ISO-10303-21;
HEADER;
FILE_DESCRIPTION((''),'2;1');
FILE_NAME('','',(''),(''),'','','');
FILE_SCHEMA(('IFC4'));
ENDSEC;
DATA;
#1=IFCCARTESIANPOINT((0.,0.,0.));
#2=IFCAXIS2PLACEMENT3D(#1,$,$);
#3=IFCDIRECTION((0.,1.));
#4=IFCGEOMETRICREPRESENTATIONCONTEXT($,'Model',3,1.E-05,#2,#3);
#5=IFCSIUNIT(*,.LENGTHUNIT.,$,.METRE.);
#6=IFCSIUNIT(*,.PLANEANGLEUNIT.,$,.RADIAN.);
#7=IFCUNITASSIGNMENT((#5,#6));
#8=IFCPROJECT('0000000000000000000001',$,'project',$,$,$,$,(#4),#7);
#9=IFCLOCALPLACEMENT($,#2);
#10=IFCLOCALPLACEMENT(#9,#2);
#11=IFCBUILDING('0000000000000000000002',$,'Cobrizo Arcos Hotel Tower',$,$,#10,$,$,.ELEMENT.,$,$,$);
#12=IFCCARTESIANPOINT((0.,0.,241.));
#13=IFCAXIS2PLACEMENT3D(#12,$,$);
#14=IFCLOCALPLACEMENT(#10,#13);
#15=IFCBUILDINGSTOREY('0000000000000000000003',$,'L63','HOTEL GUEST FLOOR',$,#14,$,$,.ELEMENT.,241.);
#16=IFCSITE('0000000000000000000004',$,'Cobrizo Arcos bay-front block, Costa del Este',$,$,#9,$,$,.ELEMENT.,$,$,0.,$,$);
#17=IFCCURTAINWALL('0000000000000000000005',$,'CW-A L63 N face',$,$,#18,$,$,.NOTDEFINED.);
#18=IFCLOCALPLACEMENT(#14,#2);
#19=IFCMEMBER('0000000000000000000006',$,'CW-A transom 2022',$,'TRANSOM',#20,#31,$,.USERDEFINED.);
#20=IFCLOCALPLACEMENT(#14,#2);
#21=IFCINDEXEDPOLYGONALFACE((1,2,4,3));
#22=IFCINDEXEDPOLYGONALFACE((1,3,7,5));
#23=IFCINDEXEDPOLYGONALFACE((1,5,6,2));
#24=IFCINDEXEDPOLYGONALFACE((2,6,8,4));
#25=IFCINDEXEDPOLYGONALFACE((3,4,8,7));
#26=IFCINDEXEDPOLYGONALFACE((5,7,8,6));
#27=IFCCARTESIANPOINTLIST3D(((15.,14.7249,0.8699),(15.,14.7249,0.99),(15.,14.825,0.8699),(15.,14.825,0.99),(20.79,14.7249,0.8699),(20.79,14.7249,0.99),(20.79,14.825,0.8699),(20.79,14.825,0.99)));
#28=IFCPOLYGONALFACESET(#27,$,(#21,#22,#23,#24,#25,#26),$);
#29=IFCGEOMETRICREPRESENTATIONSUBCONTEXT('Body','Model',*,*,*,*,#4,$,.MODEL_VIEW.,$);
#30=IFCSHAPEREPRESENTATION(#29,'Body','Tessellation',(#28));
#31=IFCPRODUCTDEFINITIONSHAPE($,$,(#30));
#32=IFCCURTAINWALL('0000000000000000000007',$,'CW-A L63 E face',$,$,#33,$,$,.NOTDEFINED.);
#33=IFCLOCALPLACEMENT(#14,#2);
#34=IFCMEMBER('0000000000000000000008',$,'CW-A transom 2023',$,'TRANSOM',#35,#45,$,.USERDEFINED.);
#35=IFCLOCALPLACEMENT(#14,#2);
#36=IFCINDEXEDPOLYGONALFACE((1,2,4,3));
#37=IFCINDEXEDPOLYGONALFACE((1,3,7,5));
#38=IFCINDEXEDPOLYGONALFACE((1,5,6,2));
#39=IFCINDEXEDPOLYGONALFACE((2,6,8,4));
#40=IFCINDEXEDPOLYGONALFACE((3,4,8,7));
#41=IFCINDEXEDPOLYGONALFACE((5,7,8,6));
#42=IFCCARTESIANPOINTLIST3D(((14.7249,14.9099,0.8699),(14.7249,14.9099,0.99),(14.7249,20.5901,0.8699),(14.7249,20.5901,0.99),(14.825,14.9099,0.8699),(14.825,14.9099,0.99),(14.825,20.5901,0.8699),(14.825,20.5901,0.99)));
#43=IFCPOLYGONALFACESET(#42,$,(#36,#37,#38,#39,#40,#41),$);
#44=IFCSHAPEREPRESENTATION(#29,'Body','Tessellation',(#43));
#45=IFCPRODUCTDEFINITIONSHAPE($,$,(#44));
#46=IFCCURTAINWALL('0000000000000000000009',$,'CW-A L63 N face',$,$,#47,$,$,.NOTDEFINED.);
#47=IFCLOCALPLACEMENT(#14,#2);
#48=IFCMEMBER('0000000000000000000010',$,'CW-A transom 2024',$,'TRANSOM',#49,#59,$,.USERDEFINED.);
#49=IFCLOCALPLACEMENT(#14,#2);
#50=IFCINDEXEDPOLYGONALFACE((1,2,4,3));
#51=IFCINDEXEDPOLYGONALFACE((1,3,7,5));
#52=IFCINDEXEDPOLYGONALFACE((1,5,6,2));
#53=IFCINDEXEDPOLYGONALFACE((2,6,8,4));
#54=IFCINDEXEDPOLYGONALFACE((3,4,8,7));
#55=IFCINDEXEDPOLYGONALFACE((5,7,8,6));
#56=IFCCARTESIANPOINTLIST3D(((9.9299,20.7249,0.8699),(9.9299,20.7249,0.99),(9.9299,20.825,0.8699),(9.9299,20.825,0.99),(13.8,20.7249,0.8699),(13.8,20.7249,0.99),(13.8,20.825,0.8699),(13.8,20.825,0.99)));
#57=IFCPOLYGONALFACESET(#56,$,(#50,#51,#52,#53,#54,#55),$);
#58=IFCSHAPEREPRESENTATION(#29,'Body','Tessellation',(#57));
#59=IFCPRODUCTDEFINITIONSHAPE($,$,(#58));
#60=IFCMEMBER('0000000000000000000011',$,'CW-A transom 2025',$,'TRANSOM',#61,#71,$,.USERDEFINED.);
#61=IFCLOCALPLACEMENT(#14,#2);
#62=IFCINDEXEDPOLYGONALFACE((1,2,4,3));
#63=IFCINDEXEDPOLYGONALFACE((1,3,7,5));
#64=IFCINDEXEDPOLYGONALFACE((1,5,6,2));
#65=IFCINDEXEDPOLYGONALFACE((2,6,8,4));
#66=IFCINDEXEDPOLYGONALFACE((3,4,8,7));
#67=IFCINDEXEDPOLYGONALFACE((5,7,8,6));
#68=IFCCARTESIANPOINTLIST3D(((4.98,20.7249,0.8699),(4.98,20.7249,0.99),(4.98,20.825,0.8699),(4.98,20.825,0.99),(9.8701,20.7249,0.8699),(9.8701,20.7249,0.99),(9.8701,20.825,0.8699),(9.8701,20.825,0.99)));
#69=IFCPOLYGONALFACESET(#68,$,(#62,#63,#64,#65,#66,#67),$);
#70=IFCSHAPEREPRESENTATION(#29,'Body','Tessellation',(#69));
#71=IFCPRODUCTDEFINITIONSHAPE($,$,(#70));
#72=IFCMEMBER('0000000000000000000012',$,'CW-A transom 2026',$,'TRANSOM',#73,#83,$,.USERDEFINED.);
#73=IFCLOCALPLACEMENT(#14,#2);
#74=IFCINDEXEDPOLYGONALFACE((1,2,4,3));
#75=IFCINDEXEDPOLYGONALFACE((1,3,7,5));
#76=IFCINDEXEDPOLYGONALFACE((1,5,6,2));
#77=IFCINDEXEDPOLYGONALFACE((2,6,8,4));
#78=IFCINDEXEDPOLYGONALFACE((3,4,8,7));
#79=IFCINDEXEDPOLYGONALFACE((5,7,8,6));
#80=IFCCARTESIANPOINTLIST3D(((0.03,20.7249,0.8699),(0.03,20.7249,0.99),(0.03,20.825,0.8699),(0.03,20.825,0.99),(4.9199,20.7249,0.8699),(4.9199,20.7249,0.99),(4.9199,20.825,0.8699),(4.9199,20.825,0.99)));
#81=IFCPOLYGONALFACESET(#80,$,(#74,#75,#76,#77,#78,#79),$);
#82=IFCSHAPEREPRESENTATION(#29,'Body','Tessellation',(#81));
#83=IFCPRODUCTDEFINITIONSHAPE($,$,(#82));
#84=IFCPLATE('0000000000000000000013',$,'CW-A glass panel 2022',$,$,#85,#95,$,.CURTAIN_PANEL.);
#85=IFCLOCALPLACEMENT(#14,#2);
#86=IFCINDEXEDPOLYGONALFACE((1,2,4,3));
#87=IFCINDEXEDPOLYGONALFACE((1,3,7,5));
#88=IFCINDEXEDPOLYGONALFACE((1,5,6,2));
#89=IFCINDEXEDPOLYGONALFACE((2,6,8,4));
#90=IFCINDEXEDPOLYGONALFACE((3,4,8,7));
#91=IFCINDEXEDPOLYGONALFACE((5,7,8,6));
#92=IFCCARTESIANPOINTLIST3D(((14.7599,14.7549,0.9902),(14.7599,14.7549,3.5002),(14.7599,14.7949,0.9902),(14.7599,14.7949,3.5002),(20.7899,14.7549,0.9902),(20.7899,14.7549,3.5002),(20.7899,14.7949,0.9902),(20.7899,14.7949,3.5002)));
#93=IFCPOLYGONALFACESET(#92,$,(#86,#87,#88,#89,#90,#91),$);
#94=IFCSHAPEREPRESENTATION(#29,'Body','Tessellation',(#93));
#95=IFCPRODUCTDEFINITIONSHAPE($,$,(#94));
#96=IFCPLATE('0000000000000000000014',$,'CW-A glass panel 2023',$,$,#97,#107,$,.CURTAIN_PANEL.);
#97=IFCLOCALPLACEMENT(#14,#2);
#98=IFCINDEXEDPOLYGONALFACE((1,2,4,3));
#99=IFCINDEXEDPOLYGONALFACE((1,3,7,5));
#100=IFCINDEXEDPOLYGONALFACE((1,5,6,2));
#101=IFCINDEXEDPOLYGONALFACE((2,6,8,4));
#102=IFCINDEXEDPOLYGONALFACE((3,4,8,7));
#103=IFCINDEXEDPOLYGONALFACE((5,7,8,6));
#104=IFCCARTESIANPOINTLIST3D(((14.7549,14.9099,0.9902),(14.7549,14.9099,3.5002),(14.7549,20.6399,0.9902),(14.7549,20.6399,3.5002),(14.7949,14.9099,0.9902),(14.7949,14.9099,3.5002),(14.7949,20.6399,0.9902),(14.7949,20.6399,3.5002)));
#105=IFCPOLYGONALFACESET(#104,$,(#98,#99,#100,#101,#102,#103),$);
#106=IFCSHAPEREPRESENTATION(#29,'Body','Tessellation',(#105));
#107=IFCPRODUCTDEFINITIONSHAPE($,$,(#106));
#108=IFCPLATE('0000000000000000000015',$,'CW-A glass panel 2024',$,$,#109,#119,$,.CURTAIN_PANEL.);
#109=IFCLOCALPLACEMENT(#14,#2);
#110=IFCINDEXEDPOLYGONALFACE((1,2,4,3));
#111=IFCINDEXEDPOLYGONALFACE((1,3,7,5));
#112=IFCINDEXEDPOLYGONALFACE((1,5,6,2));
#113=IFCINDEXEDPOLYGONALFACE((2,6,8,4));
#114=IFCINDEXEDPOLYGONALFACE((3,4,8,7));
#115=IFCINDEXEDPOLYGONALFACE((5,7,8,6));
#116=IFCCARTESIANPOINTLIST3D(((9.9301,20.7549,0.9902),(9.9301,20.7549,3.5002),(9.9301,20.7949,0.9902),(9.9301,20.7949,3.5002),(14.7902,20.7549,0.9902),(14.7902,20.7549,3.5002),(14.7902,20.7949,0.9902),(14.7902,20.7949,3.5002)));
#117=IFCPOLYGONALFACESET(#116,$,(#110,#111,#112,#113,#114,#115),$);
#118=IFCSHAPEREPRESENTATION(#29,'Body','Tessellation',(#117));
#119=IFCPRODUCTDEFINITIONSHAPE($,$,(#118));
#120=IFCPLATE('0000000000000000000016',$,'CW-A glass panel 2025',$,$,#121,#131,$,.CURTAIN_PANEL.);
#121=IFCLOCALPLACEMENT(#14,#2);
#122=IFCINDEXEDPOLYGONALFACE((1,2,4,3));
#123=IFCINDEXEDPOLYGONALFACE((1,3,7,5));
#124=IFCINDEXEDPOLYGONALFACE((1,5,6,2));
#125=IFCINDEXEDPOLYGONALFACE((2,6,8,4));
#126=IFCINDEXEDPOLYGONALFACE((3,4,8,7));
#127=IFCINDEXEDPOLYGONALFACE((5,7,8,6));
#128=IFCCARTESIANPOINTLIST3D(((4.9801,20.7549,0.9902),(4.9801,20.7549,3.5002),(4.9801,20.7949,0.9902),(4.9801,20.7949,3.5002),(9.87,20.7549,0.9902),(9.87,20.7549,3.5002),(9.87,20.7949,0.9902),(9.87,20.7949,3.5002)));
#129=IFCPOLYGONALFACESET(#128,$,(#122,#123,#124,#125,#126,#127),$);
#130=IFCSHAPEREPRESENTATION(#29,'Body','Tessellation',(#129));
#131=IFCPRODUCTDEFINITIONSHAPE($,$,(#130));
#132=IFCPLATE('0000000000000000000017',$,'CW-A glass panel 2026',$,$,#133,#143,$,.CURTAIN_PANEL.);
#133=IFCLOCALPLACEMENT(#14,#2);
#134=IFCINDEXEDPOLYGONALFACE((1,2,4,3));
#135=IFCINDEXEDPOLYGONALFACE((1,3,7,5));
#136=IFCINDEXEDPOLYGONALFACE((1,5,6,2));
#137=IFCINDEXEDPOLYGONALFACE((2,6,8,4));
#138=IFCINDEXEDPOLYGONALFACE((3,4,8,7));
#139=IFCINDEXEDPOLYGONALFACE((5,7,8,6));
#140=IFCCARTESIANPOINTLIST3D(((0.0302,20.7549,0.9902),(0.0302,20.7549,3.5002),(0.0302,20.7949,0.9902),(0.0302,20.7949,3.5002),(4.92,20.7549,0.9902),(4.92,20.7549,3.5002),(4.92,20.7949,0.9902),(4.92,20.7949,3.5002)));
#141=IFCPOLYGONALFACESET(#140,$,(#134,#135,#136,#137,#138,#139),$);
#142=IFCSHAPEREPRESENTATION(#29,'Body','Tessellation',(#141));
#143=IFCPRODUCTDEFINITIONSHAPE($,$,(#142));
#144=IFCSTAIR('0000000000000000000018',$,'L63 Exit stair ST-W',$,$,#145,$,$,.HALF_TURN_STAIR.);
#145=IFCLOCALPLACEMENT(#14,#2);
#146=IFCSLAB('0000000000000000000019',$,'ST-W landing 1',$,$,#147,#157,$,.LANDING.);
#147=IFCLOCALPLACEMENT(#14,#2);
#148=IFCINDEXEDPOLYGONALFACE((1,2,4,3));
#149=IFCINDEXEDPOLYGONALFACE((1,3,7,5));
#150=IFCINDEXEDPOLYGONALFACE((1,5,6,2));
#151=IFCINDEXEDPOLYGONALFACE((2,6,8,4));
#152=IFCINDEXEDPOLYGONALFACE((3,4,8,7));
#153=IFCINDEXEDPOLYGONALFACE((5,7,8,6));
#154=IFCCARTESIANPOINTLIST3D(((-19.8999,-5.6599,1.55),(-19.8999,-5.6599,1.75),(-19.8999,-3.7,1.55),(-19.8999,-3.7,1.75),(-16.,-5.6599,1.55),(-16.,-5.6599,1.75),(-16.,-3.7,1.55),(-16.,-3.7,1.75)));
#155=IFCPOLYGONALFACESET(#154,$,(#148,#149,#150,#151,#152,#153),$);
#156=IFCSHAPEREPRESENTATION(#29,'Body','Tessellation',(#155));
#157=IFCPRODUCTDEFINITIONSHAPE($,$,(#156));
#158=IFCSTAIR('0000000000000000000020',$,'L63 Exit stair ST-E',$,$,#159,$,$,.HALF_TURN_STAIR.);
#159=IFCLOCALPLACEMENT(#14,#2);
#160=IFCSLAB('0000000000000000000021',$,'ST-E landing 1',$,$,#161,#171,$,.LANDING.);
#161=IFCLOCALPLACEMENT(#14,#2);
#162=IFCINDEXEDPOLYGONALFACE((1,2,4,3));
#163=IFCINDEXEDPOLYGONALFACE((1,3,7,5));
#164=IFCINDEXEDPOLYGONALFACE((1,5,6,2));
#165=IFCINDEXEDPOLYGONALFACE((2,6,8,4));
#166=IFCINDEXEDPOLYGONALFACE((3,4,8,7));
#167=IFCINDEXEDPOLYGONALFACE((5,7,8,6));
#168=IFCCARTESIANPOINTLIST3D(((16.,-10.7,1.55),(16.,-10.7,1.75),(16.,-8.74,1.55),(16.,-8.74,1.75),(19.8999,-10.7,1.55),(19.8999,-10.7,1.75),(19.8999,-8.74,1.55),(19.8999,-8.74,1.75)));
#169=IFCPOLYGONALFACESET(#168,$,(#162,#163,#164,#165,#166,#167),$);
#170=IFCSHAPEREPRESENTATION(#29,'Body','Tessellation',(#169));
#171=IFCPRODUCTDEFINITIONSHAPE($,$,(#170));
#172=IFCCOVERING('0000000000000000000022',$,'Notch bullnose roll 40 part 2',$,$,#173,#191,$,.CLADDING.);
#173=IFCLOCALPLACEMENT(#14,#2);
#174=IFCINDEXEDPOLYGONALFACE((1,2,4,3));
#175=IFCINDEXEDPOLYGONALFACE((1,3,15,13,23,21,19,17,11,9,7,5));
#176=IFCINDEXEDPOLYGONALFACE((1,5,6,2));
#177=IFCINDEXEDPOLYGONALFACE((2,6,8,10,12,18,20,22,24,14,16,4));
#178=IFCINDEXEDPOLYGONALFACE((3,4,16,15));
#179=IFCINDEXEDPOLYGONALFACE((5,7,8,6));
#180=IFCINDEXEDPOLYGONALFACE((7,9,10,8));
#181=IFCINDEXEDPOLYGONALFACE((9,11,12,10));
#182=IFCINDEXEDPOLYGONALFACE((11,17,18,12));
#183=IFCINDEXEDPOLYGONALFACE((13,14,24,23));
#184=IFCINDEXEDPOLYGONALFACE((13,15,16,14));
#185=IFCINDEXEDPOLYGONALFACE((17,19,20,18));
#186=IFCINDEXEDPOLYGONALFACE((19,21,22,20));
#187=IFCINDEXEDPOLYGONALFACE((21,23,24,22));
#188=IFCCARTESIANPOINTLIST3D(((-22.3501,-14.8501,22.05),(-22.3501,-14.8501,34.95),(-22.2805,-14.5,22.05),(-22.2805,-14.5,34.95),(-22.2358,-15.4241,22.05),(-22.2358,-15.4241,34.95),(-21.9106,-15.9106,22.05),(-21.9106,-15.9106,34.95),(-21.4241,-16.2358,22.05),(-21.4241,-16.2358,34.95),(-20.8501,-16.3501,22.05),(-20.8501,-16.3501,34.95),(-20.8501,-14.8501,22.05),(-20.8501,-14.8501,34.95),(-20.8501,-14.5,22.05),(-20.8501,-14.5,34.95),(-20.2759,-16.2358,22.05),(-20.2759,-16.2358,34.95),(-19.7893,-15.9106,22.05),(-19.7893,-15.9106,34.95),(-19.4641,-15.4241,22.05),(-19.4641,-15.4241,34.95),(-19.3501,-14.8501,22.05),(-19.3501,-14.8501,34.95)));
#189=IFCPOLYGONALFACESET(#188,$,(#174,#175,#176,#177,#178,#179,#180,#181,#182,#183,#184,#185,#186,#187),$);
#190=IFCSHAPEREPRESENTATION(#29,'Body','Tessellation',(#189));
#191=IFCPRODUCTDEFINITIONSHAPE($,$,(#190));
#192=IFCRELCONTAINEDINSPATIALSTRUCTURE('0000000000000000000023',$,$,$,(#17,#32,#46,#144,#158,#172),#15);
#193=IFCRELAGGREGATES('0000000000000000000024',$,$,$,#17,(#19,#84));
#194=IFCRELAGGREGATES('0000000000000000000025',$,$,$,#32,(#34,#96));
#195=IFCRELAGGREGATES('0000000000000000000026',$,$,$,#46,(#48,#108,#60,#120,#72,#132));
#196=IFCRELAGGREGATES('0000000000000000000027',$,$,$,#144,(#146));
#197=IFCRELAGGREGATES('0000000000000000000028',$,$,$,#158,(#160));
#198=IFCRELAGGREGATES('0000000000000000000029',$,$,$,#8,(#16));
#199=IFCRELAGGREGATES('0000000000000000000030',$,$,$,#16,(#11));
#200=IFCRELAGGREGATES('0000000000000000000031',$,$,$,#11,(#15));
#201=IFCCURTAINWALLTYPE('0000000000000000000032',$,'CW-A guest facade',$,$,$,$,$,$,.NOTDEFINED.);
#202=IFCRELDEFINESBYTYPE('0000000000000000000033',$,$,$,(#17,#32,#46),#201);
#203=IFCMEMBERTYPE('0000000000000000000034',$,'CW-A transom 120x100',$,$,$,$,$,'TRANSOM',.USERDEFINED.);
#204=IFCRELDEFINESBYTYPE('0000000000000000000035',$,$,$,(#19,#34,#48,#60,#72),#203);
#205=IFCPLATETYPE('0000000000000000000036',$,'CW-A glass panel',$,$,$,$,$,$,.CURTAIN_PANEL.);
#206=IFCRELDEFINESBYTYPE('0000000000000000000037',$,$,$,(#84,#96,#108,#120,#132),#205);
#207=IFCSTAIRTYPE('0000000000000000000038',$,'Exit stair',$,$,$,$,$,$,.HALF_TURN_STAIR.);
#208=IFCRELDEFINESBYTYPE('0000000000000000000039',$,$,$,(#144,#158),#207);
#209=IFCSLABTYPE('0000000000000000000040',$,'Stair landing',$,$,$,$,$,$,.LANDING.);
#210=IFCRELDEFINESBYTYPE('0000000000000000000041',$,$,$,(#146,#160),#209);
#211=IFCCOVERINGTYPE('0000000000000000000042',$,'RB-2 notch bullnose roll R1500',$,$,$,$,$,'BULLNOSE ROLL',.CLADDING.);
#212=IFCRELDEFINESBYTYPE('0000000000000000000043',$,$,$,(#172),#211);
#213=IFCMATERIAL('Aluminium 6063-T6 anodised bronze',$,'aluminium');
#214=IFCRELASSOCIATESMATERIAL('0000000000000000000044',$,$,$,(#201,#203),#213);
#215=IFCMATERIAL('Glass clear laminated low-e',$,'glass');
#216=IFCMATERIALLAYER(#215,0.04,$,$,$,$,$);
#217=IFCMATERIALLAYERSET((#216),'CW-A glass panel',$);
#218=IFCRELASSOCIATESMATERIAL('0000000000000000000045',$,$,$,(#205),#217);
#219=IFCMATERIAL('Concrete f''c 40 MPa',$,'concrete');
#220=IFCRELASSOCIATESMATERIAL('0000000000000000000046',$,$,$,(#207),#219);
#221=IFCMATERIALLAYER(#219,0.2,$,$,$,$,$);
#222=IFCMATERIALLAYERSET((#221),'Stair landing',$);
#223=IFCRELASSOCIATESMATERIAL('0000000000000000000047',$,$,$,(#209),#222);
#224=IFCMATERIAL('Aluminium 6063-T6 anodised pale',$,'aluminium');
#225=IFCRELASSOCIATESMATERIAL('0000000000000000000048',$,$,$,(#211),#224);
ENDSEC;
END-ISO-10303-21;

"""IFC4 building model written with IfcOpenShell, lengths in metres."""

from ifc_helpers import new_model, si_unit, direction, frame, origin, origin_2d, place, context, subcontext, project, spatial, polyline, rectangle, outline, extrude, material, layer, layer_set, material_profile, profile_set, type_object, element, aggregate, save


model = new_model("IFC4")

# Units and contexts
model_context = context("Model", 3, precision=1e-05, world=origin(), true_north=direction((0.0, 1.0)))
body_context = subcontext(model_context, "Body", "Model", "MODEL_VIEW")
ifc_project = project(units=[si_unit("LENGTHUNIT", "METRE"), si_unit("PLANEANGLEUNIT", "RADIAN")], contexts=[model_context])

# Site, building, storey
site_placement = place(None, origin())
site = spatial("IfcSite", under=ifc_project, at=site_placement, Name="Cobrizo Arcos bay-front block, Costa del Este", CompositionType="ELEMENT", RefElevation=0.0)
building_placement = place(site_placement, origin())
building = spatial("IfcBuilding", under=site, at=building_placement, Name="Cobrizo Arcos Hotel Tower", CompositionType="ELEMENT")
storey_placement = place(building_placement, frame((0.0, 0.0, 241.0)))
storey = spatial("IfcBuildingStorey", under=building, at=storey_placement, Name="L63", Description="HOTEL GUEST FLOOR", CompositionType="ELEMENT", Elevation=241.0)

# Curtain walls, members
ifc_material_1 = material(Name="Aluminium 6063-T6 anodised bronze", Category="aluminium")
curtain_wall_type = type_object("IfcCurtainWallType", Name="CW-A guest facade", PredefinedType="NOTDEFINED", material=ifc_material_1)
curtain_wall_1_placement = place(storey_placement, origin())
curtain_wall_1 = element("IfcCurtainWall", 1, at=curtain_wall_1_placement, inside=storey, type_object=curtain_wall_type, Name="CW-A L63 N face", PredefinedType="NOTDEFINED")
ifc_material_profile = material_profile(ifc_material_1, rectangle(XDim=0.1001, YDim=0.1201, at=origin_2d()), Name="CW-A transom 120x100")
ifc_profile_set = profile_set([ifc_material_profile], Name="Aluminium 6063-T6 anodised bronze")
member_type = type_object("IfcMemberType", Name="CW-A transom 120x100", ElementType="TRANSOM", PredefinedType="USERDEFINED", material=ifc_profile_set)
member_1_placement = place(storey_placement, frame((20.79, 14.7749, 0.9299), z_axis=(-1.0, 0.0, 0.0), x_axis=(0.0, -1.0, 0.0)))
member_1 = element("IfcMember", 2, at=member_1_placement, type_object=member_type, Name="CW-A transom 2022", ObjectType="TRANSOM", PredefinedType="USERDEFINED", context=body_context, shape_type="SweptSolid", body=[
    extrude(rectangle(XDim=0.1001, YDim=0.1201, at=origin_2d()), origin(), (0.0, 0.0, 1.0), 5.79),
])
curtain_wall_2_placement = place(storey_placement, origin())
curtain_wall_2 = element("IfcCurtainWall", 3, at=curtain_wall_2_placement, inside=storey, type_object=curtain_wall_type, Name="CW-A L63 E face", PredefinedType="NOTDEFINED")
member_2_placement = place(storey_placement, frame((14.7749, 14.9099, 0.9299), z_axis=(0.0, 1.0, 0.0), x_axis=(-1.0, 0.0, 0.0)))
member_2 = element("IfcMember", 4, at=member_2_placement, type_object=member_type, Name="CW-A transom 2023", ObjectType="TRANSOM", PredefinedType="USERDEFINED", context=body_context, shape_type="SweptSolid", body=[
    extrude(rectangle(XDim=0.1001, YDim=0.1201, at=origin_2d()), origin(), (0.0, 0.0, 1.0), 5.6802),
])

# Curtain wall, members
curtain_wall_3_placement = place(storey_placement, origin())
curtain_wall_3 = element("IfcCurtainWall", 5, at=curtain_wall_3_placement, inside=storey, type_object=curtain_wall_type, Name="CW-A L63 N face", PredefinedType="NOTDEFINED")
member_3_placement = place(storey_placement, frame((13.8, 20.7749, 0.9299), z_axis=(-1.0, 0.0, 0.0), x_axis=(0.0, -1.0, 0.0)))
member_3 = element("IfcMember", 6, at=member_3_placement, type_object=member_type, Name="CW-A transom 2024", ObjectType="TRANSOM", PredefinedType="USERDEFINED", context=body_context, shape_type="SweptSolid", body=[
    extrude(rectangle(XDim=0.1001, YDim=0.1201, at=origin_2d()), origin(), (0.0, 0.0, 1.0), 3.8701),
])
member_4_placement = place(storey_placement, frame((9.8701, 20.7749, 0.9299), z_axis=(-1.0, 0.0, 0.0), x_axis=(0.0, -1.0, 0.0)))
member_4 = element("IfcMember", 7, at=member_4_placement, type_object=member_type, Name="CW-A transom 2025", ObjectType="TRANSOM", PredefinedType="USERDEFINED", context=body_context, shape_type="SweptSolid", body=[
    extrude(rectangle(XDim=0.1001, YDim=0.1201, at=origin_2d()), origin(), (0.0, 0.0, 1.0), 4.8901),
])
member_5_placement = place(storey_placement, frame((4.9199, 20.7749, 0.9299), z_axis=(-1.0, 0.0, 0.0), x_axis=(0.0, -1.0, 0.0)))
member_5 = element("IfcMember", 8, at=member_5_placement, type_object=member_type, Name="CW-A transom 2026", ObjectType="TRANSOM", PredefinedType="USERDEFINED", context=body_context, shape_type="SweptSolid", body=[
    extrude(rectangle(XDim=0.1001, YDim=0.1201, at=origin_2d()), origin(), (0.0, 0.0, 1.0), 4.8899),
])

# Plates
ifc_material_2 = material(Name="Glass clear laminated low-e", Category="glass")
ifc_layer_1 = layer(ifc_material_2, 0.04)
ifc_layer_set_1 = layer_set([ifc_layer_1], Name="CW-A glass panel")
plate_type = type_object("IfcPlateType", Name="CW-A glass panel", PredefinedType="CURTAIN_PANEL", material=ifc_layer_set_1)
plate_1_placement = place(storey_placement, frame((17.7749, 14.7749, 0.9902), z_axis=(0.0, 0.0, 1.0), x_axis=(-1.0, 0.0, 0.0)))
plate_1 = element("IfcPlate", 9, at=plate_1_placement, type_object=plate_type, Name="CW-A glass panel 2022", PredefinedType="CURTAIN_PANEL", context=body_context, shape_type="SweptSolid", body=[
    extrude(rectangle(XDim=6.03, YDim=0.04, at=origin_2d()), origin(), (0.0, 0.0, 1.0), 2.51),
])
aggregate(curtain_wall_1, [member_1, plate_1])
plate_2_placement = place(storey_placement, frame((14.7749, 17.7749, 0.9902), z_axis=(0.0, 0.0, 1.0), x_axis=(0.0, 1.0, 0.0)))
plate_2 = element("IfcPlate", 10, at=plate_2_placement, type_object=plate_type, Name="CW-A glass panel 2023", PredefinedType="CURTAIN_PANEL", context=body_context, shape_type="SweptSolid", body=[
    extrude(rectangle(XDim=5.73, YDim=0.04, at=origin_2d()), origin(), (0.0, 0.0, 1.0), 2.51),
])
aggregate(curtain_wall_2, [member_2, plate_2])
plate_3_placement = place(storey_placement, frame((12.3601, 20.7749, 0.9902), z_axis=(0.0, 0.0, 1.0), x_axis=(-1.0, 0.0, 0.0)))
plate_3 = element("IfcPlate", 11, at=plate_3_placement, type_object=plate_type, Name="CW-A glass panel 2024", PredefinedType="CURTAIN_PANEL", context=body_context, shape_type="SweptSolid", body=[
    extrude(rectangle(XDim=4.8601, YDim=0.04, at=origin_2d()), origin(), (0.0, 0.0, 1.0), 2.51),
])
plate_4_placement = place(storey_placement, frame((7.425, 20.7749, 0.9902), z_axis=(0.0, 0.0, 1.0), x_axis=(-1.0, 0.0, 0.0)))
plate_4 = element("IfcPlate", 12, at=plate_4_placement, type_object=plate_type, Name="CW-A glass panel 2025", PredefinedType="CURTAIN_PANEL", context=body_context, shape_type="SweptSolid", body=[
    extrude(rectangle(XDim=4.8899, YDim=0.04, at=origin_2d()), origin(), (0.0, 0.0, 1.0), 2.51),
])
plate_5_placement = place(storey_placement, frame((2.4751, 20.7749, 0.9902), z_axis=(0.0, 0.0, 1.0), x_axis=(-1.0, 0.0, 0.0)))
plate_5 = element("IfcPlate", 13, at=plate_5_placement, type_object=plate_type, Name="CW-A glass panel 2026", PredefinedType="CURTAIN_PANEL", context=body_context, shape_type="SweptSolid", body=[
    extrude(rectangle(XDim=4.8899, YDim=0.04, at=origin_2d()), origin(), (0.0, 0.0, 1.0), 2.51),
])
aggregate(curtain_wall_3, [member_3, plate_3, member_4, plate_4, member_5, plate_5])

# Stairs, slabs
ifc_material_3 = material(Name="Concrete f'c 40 MPa", Category="concrete")
stair_type = type_object("IfcStairType", Name="Exit stair", PredefinedType="HALF_TURN_STAIR", material=ifc_material_3)
stair_1_placement = place(storey_placement, origin())
stair_1 = element("IfcStair", 14, at=stair_1_placement, inside=storey, type_object=stair_type, Name="L63 Exit stair ST-W", PredefinedType="HALF_TURN_STAIR")
ifc_layer_2 = layer(ifc_material_3, 0.2)
ifc_layer_set_2 = layer_set([ifc_layer_2], Name="Stair landing")
slab_type = type_object("IfcSlabType", Name="Stair landing", PredefinedType="LANDING", material=ifc_layer_set_2)
slab_1_placement = place(storey_placement, frame((0.0, 0.0, 1.55)))
slab_1 = element("IfcSlab", 15, at=slab_1_placement, type_object=slab_type, Name="ST-W landing 1", PredefinedType="LANDING", context=body_context, shape_type="SweptSolid", body=[
    extrude(outline(polyline([(-16.0, -5.6599), (-16.0, -3.7), (-19.8999, -3.7), (-19.8999, -5.6599), (-16.0, -5.6599)])), origin(), (0.0, 0.0, 1.0), 0.2),
])
aggregate(stair_1, [slab_1])
stair_2_placement = place(storey_placement, origin())
stair_2 = element("IfcStair", 16, at=stair_2_placement, inside=storey, type_object=stair_type, Name="L63 Exit stair ST-E", PredefinedType="HALF_TURN_STAIR")
slab_2_placement = place(storey_placement, frame((0.0, 0.0, 1.55)))
slab_2 = element("IfcSlab", 17, at=slab_2_placement, type_object=slab_type, Name="ST-E landing 1", PredefinedType="LANDING", context=body_context, shape_type="SweptSolid", body=[
    extrude(outline(polyline([(16.0, -8.74), (16.0, -10.7), (19.8999, -10.7), (19.8999, -8.74), (16.0, -8.74)])), origin(), (0.0, 0.0, 1.0), 0.2),
])
aggregate(stair_2, [slab_2])

# Covering
ifc_material_4 = material(Name="Aluminium 6063-T6 anodised pale", Category="aluminium")
covering_type_1 = type_object("IfcCoveringType", Name="RB-2 notch bullnose roll R1500", ElementType="BULLNOSE ROLL", PredefinedType="CLADDING", material=ifc_material_4)
covering_1_placement = place(storey_placement, frame((0.0, 0.0, 22.05)))
element("IfcCovering", 18, at=covering_1_placement, inside=storey, type_object=covering_type_1, Name="Notch bullnose roll 40 part 2", PredefinedType="CLADDING", context=body_context, shape_type="SweptSolid", body=[
    extrude(outline(polyline([(-19.7893, -15.9106), (-19.4641, -15.4241), (-19.3501, -14.8501), (-20.8501, -14.8501), (-20.8501, -14.5), (-22.2805, -14.5), (-22.3501, -14.8501), (-22.2358, -15.4241), (-21.9106, -15.9106), (-21.4241, -16.2358), (-20.8501, -16.3501), (-20.2759, -16.2358), (-19.7893, -15.9106)])), origin(), (0.0, 0.0, 1.0), 12.8999),
])

save(model, "model.ifc")
